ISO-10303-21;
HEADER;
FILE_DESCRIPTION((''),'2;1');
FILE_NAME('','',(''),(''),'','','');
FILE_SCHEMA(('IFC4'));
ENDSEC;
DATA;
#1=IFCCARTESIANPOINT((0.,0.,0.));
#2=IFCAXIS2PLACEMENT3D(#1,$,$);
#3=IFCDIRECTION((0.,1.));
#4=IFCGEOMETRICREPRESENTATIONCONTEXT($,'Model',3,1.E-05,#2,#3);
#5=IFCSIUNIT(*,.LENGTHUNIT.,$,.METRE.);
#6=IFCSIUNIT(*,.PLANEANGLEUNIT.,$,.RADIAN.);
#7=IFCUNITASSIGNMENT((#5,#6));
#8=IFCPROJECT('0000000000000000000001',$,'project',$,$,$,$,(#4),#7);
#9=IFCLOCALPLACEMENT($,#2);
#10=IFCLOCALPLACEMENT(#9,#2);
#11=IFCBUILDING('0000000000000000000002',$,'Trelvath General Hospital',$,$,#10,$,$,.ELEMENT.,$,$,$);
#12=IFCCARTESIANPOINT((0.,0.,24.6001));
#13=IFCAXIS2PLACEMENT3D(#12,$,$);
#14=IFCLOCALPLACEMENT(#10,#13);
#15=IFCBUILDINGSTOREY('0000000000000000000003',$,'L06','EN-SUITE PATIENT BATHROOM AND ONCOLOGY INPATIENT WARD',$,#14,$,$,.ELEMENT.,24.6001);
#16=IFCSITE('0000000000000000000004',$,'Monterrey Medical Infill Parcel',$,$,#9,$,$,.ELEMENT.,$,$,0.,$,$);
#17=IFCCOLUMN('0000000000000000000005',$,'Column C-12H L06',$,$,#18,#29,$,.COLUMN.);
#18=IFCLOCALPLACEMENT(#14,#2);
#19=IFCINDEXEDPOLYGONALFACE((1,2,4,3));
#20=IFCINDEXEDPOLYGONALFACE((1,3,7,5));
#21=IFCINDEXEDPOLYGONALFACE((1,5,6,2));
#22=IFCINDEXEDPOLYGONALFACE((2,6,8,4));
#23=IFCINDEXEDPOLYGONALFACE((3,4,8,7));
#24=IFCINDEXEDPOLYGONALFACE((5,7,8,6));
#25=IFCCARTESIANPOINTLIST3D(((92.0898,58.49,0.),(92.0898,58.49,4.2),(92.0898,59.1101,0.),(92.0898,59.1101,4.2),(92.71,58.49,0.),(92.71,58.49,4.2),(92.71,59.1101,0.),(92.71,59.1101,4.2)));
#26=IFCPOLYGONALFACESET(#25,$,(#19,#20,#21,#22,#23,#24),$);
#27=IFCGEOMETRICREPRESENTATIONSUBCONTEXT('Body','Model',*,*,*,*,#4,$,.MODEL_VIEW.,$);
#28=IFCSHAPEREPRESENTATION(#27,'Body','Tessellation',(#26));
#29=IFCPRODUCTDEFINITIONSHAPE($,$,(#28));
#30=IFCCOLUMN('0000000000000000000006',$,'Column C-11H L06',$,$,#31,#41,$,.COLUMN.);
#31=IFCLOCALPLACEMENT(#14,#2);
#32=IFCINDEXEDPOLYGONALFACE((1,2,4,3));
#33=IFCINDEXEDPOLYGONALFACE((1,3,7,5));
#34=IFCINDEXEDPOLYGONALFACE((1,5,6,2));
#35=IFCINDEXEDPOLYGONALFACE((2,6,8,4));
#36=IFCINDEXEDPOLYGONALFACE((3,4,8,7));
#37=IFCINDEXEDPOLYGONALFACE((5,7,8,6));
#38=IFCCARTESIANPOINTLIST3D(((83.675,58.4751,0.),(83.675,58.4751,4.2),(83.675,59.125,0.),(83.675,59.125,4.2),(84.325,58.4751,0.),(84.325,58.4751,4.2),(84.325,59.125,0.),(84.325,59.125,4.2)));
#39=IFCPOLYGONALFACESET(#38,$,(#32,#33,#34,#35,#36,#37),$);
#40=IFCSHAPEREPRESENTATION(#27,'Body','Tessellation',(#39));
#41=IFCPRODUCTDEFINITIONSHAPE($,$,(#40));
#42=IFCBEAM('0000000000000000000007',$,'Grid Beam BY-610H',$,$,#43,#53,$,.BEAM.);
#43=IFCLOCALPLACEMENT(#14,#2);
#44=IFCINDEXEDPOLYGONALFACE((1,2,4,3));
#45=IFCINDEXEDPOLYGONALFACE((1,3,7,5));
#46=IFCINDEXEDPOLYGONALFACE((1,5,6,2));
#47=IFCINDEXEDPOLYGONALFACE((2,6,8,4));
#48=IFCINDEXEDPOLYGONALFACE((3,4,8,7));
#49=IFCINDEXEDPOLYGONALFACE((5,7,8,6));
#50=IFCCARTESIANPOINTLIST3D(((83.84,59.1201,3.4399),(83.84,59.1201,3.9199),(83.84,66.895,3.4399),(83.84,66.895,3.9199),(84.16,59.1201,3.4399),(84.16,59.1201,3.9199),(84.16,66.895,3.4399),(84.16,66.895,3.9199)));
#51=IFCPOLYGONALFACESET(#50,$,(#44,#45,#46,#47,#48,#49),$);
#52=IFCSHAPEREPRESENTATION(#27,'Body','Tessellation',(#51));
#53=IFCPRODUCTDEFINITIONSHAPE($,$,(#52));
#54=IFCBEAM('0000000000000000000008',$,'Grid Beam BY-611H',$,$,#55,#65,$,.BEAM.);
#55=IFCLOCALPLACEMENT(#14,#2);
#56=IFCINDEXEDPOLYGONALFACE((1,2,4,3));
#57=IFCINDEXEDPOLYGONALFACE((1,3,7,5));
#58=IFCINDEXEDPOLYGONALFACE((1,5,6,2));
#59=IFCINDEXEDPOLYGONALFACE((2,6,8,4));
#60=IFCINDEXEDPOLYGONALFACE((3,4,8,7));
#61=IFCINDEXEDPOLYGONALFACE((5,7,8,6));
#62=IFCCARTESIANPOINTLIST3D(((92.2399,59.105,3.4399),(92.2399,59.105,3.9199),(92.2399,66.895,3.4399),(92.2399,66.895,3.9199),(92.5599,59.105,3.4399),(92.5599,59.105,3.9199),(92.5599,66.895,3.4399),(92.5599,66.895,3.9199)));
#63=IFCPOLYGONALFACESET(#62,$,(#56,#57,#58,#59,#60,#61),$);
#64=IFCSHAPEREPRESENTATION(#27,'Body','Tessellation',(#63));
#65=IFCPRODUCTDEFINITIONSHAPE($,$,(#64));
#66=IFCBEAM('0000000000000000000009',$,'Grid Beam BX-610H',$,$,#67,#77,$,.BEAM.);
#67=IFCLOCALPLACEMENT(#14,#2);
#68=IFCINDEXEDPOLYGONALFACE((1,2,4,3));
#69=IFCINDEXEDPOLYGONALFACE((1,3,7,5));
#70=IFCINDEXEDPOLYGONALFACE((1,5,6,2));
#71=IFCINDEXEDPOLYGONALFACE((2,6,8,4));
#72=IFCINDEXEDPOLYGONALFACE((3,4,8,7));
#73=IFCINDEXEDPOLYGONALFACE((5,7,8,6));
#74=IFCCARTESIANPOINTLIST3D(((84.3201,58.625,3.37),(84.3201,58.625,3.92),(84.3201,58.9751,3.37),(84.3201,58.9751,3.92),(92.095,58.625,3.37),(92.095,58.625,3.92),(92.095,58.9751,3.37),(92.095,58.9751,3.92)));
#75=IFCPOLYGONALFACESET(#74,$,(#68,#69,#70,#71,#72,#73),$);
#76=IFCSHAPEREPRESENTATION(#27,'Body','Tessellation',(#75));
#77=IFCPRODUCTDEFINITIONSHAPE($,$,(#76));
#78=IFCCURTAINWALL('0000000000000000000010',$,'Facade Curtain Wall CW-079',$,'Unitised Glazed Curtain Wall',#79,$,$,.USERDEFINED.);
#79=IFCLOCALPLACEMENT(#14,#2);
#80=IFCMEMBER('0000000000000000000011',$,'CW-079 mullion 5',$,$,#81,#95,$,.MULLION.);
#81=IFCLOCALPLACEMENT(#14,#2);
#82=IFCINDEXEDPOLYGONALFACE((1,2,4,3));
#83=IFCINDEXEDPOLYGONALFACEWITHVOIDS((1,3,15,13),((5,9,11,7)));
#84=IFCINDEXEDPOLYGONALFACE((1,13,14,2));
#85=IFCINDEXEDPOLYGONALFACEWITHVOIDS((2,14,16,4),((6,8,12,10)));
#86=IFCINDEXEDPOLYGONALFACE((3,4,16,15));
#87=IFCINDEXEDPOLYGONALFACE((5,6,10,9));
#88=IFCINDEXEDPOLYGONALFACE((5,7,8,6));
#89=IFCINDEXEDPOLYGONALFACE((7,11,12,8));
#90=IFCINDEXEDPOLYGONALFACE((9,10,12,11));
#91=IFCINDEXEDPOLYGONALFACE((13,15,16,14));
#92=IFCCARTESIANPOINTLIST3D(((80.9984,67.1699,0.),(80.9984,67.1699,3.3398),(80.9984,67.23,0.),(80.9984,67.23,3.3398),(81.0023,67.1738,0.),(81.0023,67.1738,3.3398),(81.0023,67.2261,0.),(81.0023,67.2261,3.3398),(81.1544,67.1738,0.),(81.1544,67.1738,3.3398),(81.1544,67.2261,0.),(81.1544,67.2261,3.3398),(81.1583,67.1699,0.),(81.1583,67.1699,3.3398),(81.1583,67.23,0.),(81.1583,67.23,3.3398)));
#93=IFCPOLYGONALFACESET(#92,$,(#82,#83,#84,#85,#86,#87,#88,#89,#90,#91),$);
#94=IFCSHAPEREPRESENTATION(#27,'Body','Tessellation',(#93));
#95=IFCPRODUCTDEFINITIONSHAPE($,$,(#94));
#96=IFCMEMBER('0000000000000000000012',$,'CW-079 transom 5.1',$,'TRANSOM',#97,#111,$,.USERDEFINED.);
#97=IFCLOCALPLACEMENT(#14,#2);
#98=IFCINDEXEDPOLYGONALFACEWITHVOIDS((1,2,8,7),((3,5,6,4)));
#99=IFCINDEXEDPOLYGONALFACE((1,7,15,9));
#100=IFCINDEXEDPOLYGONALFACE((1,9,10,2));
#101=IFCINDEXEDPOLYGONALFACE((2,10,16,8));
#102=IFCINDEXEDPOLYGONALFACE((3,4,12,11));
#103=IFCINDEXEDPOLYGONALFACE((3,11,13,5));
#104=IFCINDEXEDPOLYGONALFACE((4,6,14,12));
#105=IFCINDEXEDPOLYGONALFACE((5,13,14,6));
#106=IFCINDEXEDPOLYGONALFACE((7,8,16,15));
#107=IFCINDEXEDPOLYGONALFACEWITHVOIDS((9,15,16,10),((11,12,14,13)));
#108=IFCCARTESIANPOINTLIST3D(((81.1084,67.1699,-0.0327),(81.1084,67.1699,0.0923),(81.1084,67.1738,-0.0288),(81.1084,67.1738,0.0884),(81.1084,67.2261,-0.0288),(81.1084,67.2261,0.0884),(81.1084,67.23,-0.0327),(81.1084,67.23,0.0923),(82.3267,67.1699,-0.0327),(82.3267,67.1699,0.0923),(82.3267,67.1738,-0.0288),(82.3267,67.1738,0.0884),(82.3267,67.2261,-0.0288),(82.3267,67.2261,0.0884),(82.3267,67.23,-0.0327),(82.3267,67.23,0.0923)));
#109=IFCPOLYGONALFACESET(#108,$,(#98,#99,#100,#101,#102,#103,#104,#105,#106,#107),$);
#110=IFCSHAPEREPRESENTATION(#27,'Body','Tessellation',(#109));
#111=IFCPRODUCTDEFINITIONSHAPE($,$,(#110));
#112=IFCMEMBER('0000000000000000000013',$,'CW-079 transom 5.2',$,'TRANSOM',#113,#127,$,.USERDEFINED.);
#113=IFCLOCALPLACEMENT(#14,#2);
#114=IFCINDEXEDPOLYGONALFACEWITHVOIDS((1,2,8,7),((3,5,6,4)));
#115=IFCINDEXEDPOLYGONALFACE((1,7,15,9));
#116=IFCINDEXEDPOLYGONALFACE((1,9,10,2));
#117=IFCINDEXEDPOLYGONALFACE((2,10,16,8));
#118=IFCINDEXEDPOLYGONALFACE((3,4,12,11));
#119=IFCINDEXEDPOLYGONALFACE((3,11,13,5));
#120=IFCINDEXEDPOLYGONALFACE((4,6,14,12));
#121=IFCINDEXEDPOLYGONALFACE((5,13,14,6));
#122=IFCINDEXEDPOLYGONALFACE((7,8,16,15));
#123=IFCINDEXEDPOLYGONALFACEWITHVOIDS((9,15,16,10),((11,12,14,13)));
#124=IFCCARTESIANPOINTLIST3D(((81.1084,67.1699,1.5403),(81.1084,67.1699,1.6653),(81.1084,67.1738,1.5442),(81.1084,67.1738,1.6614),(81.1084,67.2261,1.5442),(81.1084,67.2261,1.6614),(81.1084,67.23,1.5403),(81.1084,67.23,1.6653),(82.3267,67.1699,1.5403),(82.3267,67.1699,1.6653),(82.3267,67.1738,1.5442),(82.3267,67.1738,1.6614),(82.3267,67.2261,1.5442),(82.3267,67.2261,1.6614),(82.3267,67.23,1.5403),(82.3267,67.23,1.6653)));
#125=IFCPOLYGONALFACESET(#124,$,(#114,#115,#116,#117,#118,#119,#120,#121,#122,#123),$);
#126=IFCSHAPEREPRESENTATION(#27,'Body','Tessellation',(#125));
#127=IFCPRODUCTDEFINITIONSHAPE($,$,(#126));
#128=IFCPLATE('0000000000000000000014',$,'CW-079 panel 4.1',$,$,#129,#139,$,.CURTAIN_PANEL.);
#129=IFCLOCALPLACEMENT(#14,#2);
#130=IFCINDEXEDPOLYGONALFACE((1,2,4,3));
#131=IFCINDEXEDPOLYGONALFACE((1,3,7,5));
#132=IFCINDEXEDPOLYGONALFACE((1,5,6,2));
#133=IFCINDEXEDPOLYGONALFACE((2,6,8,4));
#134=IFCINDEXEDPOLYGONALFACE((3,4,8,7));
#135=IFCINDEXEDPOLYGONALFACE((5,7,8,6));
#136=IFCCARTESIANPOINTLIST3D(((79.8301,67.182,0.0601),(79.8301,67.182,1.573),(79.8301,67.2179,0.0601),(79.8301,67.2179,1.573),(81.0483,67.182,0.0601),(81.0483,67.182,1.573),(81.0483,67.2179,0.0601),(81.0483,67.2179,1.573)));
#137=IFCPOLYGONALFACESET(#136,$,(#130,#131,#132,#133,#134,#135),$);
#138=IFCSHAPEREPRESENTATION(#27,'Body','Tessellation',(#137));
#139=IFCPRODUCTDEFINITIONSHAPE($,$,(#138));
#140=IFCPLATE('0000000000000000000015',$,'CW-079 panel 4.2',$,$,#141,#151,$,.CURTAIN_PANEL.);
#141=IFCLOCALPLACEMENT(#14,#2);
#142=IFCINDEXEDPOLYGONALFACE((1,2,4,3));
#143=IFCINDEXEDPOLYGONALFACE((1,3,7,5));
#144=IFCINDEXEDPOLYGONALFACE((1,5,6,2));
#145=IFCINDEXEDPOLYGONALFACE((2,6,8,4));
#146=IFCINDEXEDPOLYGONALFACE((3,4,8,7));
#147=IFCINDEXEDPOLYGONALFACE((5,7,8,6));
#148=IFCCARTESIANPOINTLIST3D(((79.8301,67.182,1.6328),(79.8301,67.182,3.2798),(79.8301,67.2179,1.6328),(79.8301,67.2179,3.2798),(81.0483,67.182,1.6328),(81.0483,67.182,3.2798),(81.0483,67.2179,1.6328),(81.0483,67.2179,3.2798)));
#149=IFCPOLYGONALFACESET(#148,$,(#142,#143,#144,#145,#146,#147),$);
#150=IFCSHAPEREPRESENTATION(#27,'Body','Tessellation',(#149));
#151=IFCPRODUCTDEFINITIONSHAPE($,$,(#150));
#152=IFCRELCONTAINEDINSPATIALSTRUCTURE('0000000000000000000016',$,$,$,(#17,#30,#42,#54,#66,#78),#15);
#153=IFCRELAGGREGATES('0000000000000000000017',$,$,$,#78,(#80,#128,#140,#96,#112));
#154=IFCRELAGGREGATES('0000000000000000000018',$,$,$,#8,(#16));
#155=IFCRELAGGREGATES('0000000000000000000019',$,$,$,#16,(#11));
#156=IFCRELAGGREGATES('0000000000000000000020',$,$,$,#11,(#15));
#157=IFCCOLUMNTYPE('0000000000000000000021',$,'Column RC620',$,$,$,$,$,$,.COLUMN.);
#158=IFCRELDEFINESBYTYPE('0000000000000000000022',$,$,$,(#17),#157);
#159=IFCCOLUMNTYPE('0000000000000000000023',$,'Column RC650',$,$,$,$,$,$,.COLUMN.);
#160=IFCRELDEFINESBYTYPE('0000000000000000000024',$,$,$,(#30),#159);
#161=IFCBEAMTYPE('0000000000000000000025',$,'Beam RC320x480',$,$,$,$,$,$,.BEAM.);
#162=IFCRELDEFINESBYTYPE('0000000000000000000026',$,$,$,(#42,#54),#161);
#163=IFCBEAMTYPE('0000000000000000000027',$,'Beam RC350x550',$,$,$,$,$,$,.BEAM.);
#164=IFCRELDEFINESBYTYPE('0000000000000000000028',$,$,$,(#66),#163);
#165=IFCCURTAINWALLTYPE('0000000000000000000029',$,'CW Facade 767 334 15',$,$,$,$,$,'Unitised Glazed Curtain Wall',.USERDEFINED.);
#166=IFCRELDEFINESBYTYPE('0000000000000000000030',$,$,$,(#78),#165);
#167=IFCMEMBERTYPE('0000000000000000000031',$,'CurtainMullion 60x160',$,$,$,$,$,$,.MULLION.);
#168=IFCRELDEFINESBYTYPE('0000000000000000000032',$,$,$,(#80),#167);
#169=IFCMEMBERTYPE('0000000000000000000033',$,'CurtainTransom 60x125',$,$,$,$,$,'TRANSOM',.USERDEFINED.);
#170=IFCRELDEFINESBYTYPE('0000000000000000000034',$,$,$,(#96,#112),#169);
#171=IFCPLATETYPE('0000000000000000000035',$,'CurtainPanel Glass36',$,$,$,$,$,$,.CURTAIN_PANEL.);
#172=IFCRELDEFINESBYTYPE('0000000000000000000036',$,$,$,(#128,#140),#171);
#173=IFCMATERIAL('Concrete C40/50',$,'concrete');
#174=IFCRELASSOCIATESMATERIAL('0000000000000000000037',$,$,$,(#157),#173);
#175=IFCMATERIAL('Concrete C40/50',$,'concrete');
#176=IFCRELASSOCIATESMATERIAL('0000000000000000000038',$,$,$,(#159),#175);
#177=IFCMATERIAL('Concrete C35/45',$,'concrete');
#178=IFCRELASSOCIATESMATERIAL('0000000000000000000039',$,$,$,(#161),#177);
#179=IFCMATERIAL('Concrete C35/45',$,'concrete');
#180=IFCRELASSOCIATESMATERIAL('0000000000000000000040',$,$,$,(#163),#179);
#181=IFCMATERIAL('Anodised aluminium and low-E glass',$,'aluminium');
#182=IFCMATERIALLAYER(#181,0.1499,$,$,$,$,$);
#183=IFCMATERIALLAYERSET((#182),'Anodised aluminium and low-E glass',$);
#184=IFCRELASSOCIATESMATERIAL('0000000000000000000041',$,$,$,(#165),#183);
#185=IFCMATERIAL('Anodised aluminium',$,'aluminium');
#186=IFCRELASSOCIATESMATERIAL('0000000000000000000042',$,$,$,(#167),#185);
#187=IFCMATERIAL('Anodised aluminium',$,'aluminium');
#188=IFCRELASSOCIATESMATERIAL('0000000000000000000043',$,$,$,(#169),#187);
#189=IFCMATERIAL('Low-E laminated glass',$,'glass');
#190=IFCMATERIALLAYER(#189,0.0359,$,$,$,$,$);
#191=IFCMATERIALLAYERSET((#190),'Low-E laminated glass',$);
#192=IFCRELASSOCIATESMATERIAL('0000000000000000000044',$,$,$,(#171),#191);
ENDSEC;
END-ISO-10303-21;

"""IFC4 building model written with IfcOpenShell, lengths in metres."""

from ifc_helpers import new_model, si_unit, direction, frame, origin, origin_2d, place, context, subcontext, project, spatial, rectangle, hollow_rectangle, extrude, material, layer, layer_set, material_profile, profile_set, type_object, element, aggregate, save


model = new_model("IFC4")

# Units and contexts
model_context = context("Model", 3, precision=1e-05, world=origin(), true_north=direction((0.0, 1.0)))
body_context = subcontext(model_context, "Body", "Model", "MODEL_VIEW")
ifc_project = project(units=[si_unit("LENGTHUNIT", "METRE"), si_unit("PLANEANGLEUNIT", "RADIAN")], contexts=[model_context])

# Site, building, storey
site_placement = place(None, origin())
site = spatial("IfcSite", under=ifc_project, at=site_placement, Name="Monterrey Medical Infill Parcel", CompositionType="ELEMENT", RefElevation=0.0)
building_placement = place(site_placement, origin())
building = spatial("IfcBuilding", under=site, at=building_placement, Name="Trelvath General Hospital", CompositionType="ELEMENT")
storey_placement = place(building_placement, frame((0.0, 0.0, 24.6001)))
storey = spatial("IfcBuildingStorey", under=building, at=storey_placement, Name="L06", Description="EN-SUITE PATIENT BATHROOM AND ONCOLOGY INPATIENT WARD", CompositionType="ELEMENT", Elevation=24.6001)

# Columns
ifc_material_1 = material(Name="Concrete C40/50", Category="concrete")
ifc_material_profile_1 = material_profile(ifc_material_1, rectangle(XDim=0.6201, YDim=0.6201, at=origin_2d()), Name="RC620x620")
ifc_profile_set_1 = profile_set([ifc_material_profile_1], Name="Concrete C40/50")
column_type_1 = type_object("IfcColumnType", Name="Column RC620", PredefinedType="COLUMN", material=ifc_profile_set_1)
column_1_placement = place(storey_placement, frame((92.3999, 58.8, 0.0), z_axis=(0.0, 0.0, 1.0), x_axis=(1.0, 0.0, 0.0)))
element("IfcColumn", 1, at=column_1_placement, inside=storey, type_object=column_type_1, Name="Column C-12H L06", PredefinedType="COLUMN", context=body_context, shape_type="SweptSolid", body=[
    extrude(rectangle(XDim=0.6201, YDim=0.6201, at=origin_2d()), origin(), (0.0, 0.0, 1.0), 4.2),
])
ifc_material_2 = material(Name="Concrete C40/50", Category="concrete")
ifc_material_profile_2 = material_profile(ifc_material_2, rectangle(XDim=0.6499, YDim=0.6499, at=origin_2d()), Name="RC650x650")
ifc_profile_set_2 = profile_set([ifc_material_profile_2], Name="Concrete C40/50")
column_type_2 = type_object("IfcColumnType", Name="Column RC650", PredefinedType="COLUMN", material=ifc_profile_set_2)
column_2_placement = place(storey_placement, frame((84.0, 58.8, 0.0), z_axis=(0.0, 0.0, 1.0), x_axis=(1.0, 0.0, 0.0)))
element("IfcColumn", 2, at=column_2_placement, inside=storey, type_object=column_type_2, Name="Column C-11H L06", PredefinedType="COLUMN", context=body_context, shape_type="SweptSolid", body=[
    extrude(rectangle(XDim=0.6499, YDim=0.6499, at=origin_2d()), origin(), (0.0, 0.0, 1.0), 4.2),
])

# Beams
ifc_material_3 = material(Name="Concrete C35/45", Category="concrete")
ifc_material_profile_3 = material_profile(ifc_material_3, rectangle(XDim=0.3201, YDim=0.48, at=origin_2d()), Name="RCB320x480")
ifc_profile_set_3 = profile_set([ifc_material_profile_3], Name="Concrete C35/45")
beam_type_1 = type_object("IfcBeamType", Name="Beam RC320x480", PredefinedType="BEAM", material=ifc_profile_set_3)
beam_1_placement = place(storey_placement, frame((84.0, 59.1201, 3.6799), z_axis=(0.0, 1.0, 0.0), x_axis=(-1.0, 0.0, 0.0)))
element("IfcBeam", 3, at=beam_1_placement, inside=storey, type_object=beam_type_1, Name="Grid Beam BY-610H", PredefinedType="BEAM", context=body_context, shape_type="SweptSolid", body=[
    extrude(rectangle(XDim=0.3201, YDim=0.48, at=origin_2d()), origin(), (0.0, 0.0, 1.0), 7.7749),
])
beam_2_placement = place(storey_placement, frame((92.3999, 59.105, 3.6799), z_axis=(0.0, 1.0, 0.0), x_axis=(-1.0, 0.0, 0.0)))
element("IfcBeam", 4, at=beam_2_placement, inside=storey, type_object=beam_type_1, Name="Grid Beam BY-611H", PredefinedType="BEAM", context=body_context, shape_type="SweptSolid", body=[
    extrude(rectangle(XDim=0.3201, YDim=0.48, at=origin_2d()), origin(), (0.0, 0.0, 1.0), 7.79),
])
ifc_material_4 = material(Name="Concrete C35/45", Category="concrete")
ifc_material_profile_4 = material_profile(ifc_material_4, rectangle(XDim=0.3501, YDim=0.55, at=origin_2d()), Name="RCB350x550")
ifc_profile_set_4 = profile_set([ifc_material_profile_4], Name="Concrete C35/45")
beam_type_2 = type_object("IfcBeamType", Name="Beam RC350x550", PredefinedType="BEAM", material=ifc_profile_set_4)
beam_3_placement = place(storey_placement, frame((84.3201, 58.8, 3.645), z_axis=(1.0, 0.0, 0.0), x_axis=(0.0, 1.0, 0.0)))
element("IfcBeam", 5, at=beam_3_placement, inside=storey, type_object=beam_type_2, Name="Grid Beam BX-610H", PredefinedType="BEAM", context=body_context, shape_type="SweptSolid", body=[
    extrude(rectangle(XDim=0.3501, YDim=0.55, at=origin_2d()), origin(), (0.0, 0.0, 1.0), 7.7749),
])

# Curtain wall, members, plates
ifc_material_5 = material(Name="Anodised aluminium and low-E glass", Category="aluminium")
ifc_layer_1 = layer(ifc_material_5, 0.1499)
ifc_layer_set_1 = layer_set([ifc_layer_1], Name="Anodised aluminium and low-E glass")
curtain_wall_type = type_object("IfcCurtainWallType", Name="CW Facade 767 334 15", ElementType="Unitised Glazed Curtain Wall", PredefinedType="USERDEFINED", material=ifc_layer_set_1)
curtain_wall_placement = place(storey_placement, origin())
curtain_wall = element("IfcCurtainWall", 6, at=curtain_wall_placement, inside=storey, type_object=curtain_wall_type, Name="Facade Curtain Wall CW-079", ObjectType="Unitised Glazed Curtain Wall", PredefinedType="USERDEFINED")
ifc_material_6 = material(Name="Anodised aluminium", Category="aluminium")
ifc_material_profile_5 = material_profile(ifc_material_6, hollow_rectangle(XDim=0.0601, YDim=0.1599, WallThickness=0.0039, at=origin_2d()), Name="RHS60x160x4")
ifc_profile_set_5 = profile_set([ifc_material_profile_5], Name="Anodised aluminium")
member_type_1 = type_object("IfcMemberType", Name="CurtainMullion 60x160", PredefinedType="MULLION", material=ifc_profile_set_5)
member_1_placement = place(storey_placement, frame((81.0784, 67.2, 0.0), z_axis=(0.0, 0.0, 1.0), x_axis=(0.0, 1.0, 0.0)))
member_1 = element("IfcMember", 7, at=member_1_placement, type_object=member_type_1, Name="CW-079 mullion 5", PredefinedType="MULLION", context=body_context, shape_type="SweptSolid", body=[
    extrude(hollow_rectangle(XDim=0.0601, YDim=0.1599, WallThickness=0.0039, at=origin_2d()), origin(), (0.0, 0.0, 1.0), 3.3398),
])
ifc_material_7 = material(Name="Anodised aluminium", Category="aluminium")
ifc_material_profile_6 = material_profile(ifc_material_7, hollow_rectangle(XDim=0.0601, YDim=0.125, WallThickness=0.0039, at=origin_2d()), Name="RHS60x125x4")
ifc_profile_set_6 = profile_set([ifc_material_profile_6], Name="Anodised aluminium")
member_type_2 = type_object("IfcMemberType", Name="CurtainTransom 60x125", ElementType="TRANSOM", PredefinedType="USERDEFINED", material=ifc_profile_set_6)
member_2_placement = place(storey_placement, frame((81.1084, 67.2, 0.0298), z_axis=(1.0, 0.0, 0.0), x_axis=(0.0, 1.0, 0.0)))
member_2 = element("IfcMember", 8, at=member_2_placement, type_object=member_type_2, Name="CW-079 transom 5.1", ObjectType="TRANSOM", PredefinedType="USERDEFINED", context=body_context, shape_type="SweptSolid", body=[
    extrude(hollow_rectangle(XDim=0.0601, YDim=0.125, WallThickness=0.0039, at=origin_2d()), origin(), (0.0, 0.0, 1.0), 1.2183),
])
member_3_placement = place(storey_placement, frame((81.1084, 67.2, 1.6028), z_axis=(1.0, 0.0, 0.0), x_axis=(0.0, 1.0, 0.0)))
member_3 = element("IfcMember", 9, at=member_3_placement, type_object=member_type_2, Name="CW-079 transom 5.2", ObjectType="TRANSOM", PredefinedType="USERDEFINED", context=body_context, shape_type="SweptSolid", body=[
    extrude(hollow_rectangle(XDim=0.0601, YDim=0.125, WallThickness=0.0039, at=origin_2d()), origin(), (0.0, 0.0, 1.0), 1.2183),
])
ifc_material_8 = material(Name="Low-E laminated glass", Category="glass")
ifc_layer_2 = layer(ifc_material_8, 0.0359)
ifc_layer_set_2 = layer_set([ifc_layer_2], Name="Low-E laminated glass")
plate_type = type_object("IfcPlateType", Name="CurtainPanel Glass36", PredefinedType="CURTAIN_PANEL", material=ifc_layer_set_2)
plate_1_placement = place(storey_placement, frame((80.4392, 67.2, 0.0601), z_axis=(0.0, 0.0, 1.0), x_axis=(1.0, 0.0, 0.0)))
plate_1 = element("IfcPlate", 10, at=plate_1_placement, type_object=plate_type, Name="CW-079 panel 4.1", PredefinedType="CURTAIN_PANEL", context=body_context, shape_type="SweptSolid", body=[
    extrude(rectangle(XDim=1.2183, YDim=0.0359, at=origin_2d()), origin(), (0.0, 0.0, 1.0), 1.5129),
])
plate_2_placement = place(storey_placement, frame((80.4392, 67.2, 1.6328), z_axis=(0.0, 0.0, 1.0), x_axis=(1.0, 0.0, 0.0)))
plate_2 = element("IfcPlate", 11, at=plate_2_placement, type_object=plate_type, Name="CW-079 panel 4.2", PredefinedType="CURTAIN_PANEL", context=body_context, shape_type="SweptSolid", body=[
    extrude(rectangle(XDim=1.2183, YDim=0.0359, at=origin_2d()), origin(), (0.0, 0.0, 1.0), 1.647),
])
aggregate(curtain_wall, [member_1, plate_1, plate_2, member_2, member_3])

save(model, "model.ifc")
